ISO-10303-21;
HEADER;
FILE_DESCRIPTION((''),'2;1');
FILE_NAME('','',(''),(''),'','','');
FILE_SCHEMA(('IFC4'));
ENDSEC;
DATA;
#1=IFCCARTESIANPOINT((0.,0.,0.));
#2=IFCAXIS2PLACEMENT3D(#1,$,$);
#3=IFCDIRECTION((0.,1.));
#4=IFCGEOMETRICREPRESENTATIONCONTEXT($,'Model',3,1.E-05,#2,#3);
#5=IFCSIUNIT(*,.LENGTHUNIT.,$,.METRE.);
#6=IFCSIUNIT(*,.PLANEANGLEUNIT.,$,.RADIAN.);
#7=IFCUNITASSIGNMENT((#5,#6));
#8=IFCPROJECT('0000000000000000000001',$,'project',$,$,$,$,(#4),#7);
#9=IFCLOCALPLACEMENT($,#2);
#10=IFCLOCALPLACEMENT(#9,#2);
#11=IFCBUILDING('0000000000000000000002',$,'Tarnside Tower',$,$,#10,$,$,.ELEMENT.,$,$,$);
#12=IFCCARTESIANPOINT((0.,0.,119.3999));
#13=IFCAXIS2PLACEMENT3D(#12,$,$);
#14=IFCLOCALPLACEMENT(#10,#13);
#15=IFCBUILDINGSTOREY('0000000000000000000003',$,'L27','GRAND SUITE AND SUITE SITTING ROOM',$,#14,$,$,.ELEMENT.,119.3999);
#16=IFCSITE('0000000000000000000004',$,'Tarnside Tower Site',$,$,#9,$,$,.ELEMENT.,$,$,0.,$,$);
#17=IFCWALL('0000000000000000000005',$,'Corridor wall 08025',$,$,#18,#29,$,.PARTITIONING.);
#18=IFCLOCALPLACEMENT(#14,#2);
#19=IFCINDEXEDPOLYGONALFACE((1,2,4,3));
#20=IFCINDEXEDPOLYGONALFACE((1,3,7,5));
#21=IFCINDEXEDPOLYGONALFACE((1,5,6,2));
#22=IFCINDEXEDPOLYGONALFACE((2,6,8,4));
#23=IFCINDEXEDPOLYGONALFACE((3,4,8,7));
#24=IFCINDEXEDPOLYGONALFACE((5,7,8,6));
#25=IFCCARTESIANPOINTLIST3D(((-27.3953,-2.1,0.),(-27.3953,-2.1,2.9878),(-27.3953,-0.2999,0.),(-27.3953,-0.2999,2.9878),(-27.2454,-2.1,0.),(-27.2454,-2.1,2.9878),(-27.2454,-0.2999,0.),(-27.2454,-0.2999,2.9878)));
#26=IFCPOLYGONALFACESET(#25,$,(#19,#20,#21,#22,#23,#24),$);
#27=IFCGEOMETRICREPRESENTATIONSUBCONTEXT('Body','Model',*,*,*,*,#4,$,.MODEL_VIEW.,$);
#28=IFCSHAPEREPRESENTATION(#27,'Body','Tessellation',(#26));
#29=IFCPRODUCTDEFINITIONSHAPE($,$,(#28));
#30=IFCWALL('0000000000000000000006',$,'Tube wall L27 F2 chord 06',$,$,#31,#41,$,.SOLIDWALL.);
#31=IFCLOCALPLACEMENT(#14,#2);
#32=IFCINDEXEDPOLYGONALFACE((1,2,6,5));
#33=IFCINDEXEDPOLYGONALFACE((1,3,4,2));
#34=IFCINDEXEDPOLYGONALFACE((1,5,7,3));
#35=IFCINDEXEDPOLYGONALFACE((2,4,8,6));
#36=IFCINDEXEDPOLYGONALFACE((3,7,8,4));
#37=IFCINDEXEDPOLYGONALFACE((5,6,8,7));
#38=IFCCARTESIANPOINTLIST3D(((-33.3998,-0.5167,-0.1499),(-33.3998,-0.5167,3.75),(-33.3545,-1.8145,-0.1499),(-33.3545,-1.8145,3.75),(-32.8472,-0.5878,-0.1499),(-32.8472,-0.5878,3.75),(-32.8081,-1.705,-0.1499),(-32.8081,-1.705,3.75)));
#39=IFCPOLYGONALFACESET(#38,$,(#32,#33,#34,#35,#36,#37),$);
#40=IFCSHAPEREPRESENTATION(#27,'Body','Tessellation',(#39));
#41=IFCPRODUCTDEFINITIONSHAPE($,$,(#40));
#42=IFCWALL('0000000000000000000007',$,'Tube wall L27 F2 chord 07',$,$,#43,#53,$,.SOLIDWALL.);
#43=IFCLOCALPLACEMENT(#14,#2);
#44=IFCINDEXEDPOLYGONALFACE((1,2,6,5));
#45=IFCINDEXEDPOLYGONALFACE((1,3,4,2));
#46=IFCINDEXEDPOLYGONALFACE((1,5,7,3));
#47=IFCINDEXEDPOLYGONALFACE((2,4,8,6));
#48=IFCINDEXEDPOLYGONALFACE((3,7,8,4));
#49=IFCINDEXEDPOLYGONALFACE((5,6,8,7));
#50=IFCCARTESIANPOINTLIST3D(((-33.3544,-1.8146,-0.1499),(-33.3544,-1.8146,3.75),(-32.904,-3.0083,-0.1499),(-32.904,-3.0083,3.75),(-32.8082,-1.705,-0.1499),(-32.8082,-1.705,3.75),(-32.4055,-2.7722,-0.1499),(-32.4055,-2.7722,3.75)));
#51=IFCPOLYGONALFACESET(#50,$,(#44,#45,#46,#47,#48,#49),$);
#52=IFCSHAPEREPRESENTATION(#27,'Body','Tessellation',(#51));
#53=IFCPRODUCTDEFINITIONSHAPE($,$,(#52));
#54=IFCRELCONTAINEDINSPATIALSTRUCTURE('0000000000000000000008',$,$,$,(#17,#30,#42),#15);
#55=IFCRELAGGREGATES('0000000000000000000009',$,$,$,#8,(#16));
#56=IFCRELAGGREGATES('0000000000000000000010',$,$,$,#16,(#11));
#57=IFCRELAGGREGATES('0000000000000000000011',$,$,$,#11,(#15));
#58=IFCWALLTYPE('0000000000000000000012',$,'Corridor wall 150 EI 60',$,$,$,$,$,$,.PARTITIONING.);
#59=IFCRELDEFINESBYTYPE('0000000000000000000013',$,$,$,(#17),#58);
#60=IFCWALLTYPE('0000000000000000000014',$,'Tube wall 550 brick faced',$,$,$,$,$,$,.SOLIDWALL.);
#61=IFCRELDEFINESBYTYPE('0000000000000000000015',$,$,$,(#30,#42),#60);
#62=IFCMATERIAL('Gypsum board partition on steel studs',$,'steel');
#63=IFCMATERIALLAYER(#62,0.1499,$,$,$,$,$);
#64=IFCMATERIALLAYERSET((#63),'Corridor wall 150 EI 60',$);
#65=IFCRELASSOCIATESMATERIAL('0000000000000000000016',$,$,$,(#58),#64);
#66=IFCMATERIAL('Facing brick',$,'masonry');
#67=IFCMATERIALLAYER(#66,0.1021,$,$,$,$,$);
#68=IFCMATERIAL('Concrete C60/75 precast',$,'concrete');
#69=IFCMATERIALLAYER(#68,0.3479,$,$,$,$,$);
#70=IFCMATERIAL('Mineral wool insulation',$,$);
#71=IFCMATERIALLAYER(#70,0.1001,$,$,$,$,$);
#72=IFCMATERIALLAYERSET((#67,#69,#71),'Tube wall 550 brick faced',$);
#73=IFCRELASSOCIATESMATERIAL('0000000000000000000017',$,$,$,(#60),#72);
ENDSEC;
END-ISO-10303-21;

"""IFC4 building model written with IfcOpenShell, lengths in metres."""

from ifc_helpers import new_model, si_unit, direction, frame, frame_2d, origin, place, context, subcontext, project, spatial, polyline, rectangle, outline, extrude, material, layer, layer_set, type_object, element, save


model = new_model("IFC4")

# Units and contexts
model_context = context("Model", 3, precision=1e-05, world=origin(), true_north=direction((0.0, 1.0)))
body_context = subcontext(model_context, "Body", "Model", "MODEL_VIEW")
ifc_project = project(units=[si_unit("LENGTHUNIT", "METRE"), si_unit("PLANEANGLEUNIT", "RADIAN")], contexts=[model_context])

# Site, building, storey
site_placement = place(None, origin())
site = spatial("IfcSite", under=ifc_project, at=site_placement, Name="Tarnside Tower Site", CompositionType="ELEMENT", RefElevation=0.0)
building_placement = place(site_placement, origin())
building = spatial("IfcBuilding", under=site, at=building_placement, Name="Tarnside Tower", CompositionType="ELEMENT")
storey_placement = place(building_placement, frame((0.0, 0.0, 119.3999)))
storey = spatial("IfcBuildingStorey", under=building, at=storey_placement, Name="L27", Description="GRAND SUITE AND SUITE SITTING ROOM", CompositionType="ELEMENT", Elevation=119.3999)

# Walls
ifc_material_1 = material(Name="Gypsum board partition on steel studs", Category="steel")
ifc_layer_1 = layer(ifc_material_1, 0.1499)
ifc_layer_set_1 = layer_set([ifc_layer_1], Name="Corridor wall 150 EI 60")
wall_type_1 = type_object("IfcWallType", Name="Corridor wall 150 EI 60", PredefinedType="PARTITIONING", material=ifc_layer_set_1)
wall_1_placement = place(storey_placement, frame((-27.3203, -0.3, 0.0), z_axis=(0.0, 0.0, 1.0), x_axis=(0.0, -1.0, 0.0)))
element("IfcWall", 1, at=wall_1_placement, inside=storey, type_object=wall_type_1, Name="Corridor wall 08025", PredefinedType="PARTITIONING", context=body_context, shape_type="SweptSolid", body=[
    extrude(rectangle(XDim=1.8, YDim=0.1499, at=frame_2d((0.8999, 0.0))), origin(), (0.0, 0.0, 1.0), 2.9878),
])
ifc_material_2 = material(Name="Facing brick", Category="masonry")
ifc_layer_2 = layer(ifc_material_2, 0.1021)
ifc_material_3 = material(Name="Concrete C60/75 precast", Category="concrete")
ifc_layer_3 = layer(ifc_material_3, 0.3479)
ifc_material_4 = material(Name="Mineral wool insulation")
ifc_layer_4 = layer(ifc_material_4, 0.1001)
ifc_layer_set_2 = layer_set([ifc_layer_2, ifc_layer_3, ifc_layer_4], Name="Tube wall 550 brick faced")
wall_type_2 = type_object("IfcWallType", Name="Tube wall 550 brick faced", PredefinedType="SOLIDWALL", material=ifc_layer_set_2)
wall_2_placement = place(storey_placement, frame((-33.1235, -0.5522, -0.1499), z_axis=(0.0, 0.0, 1.0), x_axis=(0.034956, -0.999389, 0.0)))
element("IfcWall", 2, at=wall_2_placement, inside=storey, type_object=wall_type_2, Name="Tube wall L27 F2 chord 06", PredefinedType="SOLIDWALL", context=body_context, shape_type="SweptSolid", body=[
    extrude(outline(polyline([(-0.0452, -0.2749), (1.2534, -0.2749), (1.1631, 0.2749), (0.0452, 0.2749), (-0.0452, -0.2749)])), origin(), (0.0, 0.0, 1.0), 3.8999),
])
wall_3_placement = place(storey_placement, frame((-33.0813, -1.7598, -0.1499), z_axis=(0.0, 0.0, 1.0), x_axis=(0.353027, -0.935613, 0.0)))
element("IfcWall", 3, at=wall_3_placement, inside=storey, type_object=wall_type_2, Name="Tube wall L27 F2 chord 07", PredefinedType="SOLIDWALL", context=body_context, shape_type="SweptSolid", body=[
    extrude(outline(polyline([(-0.0452, -0.2749), (1.2307, -0.2749), (1.1858, 0.2749), (0.0452, 0.2749), (-0.0452, -0.2749)])), origin(), (0.0, 0.0, 1.0), 3.8999),
])

save(model, "model.ifc")
